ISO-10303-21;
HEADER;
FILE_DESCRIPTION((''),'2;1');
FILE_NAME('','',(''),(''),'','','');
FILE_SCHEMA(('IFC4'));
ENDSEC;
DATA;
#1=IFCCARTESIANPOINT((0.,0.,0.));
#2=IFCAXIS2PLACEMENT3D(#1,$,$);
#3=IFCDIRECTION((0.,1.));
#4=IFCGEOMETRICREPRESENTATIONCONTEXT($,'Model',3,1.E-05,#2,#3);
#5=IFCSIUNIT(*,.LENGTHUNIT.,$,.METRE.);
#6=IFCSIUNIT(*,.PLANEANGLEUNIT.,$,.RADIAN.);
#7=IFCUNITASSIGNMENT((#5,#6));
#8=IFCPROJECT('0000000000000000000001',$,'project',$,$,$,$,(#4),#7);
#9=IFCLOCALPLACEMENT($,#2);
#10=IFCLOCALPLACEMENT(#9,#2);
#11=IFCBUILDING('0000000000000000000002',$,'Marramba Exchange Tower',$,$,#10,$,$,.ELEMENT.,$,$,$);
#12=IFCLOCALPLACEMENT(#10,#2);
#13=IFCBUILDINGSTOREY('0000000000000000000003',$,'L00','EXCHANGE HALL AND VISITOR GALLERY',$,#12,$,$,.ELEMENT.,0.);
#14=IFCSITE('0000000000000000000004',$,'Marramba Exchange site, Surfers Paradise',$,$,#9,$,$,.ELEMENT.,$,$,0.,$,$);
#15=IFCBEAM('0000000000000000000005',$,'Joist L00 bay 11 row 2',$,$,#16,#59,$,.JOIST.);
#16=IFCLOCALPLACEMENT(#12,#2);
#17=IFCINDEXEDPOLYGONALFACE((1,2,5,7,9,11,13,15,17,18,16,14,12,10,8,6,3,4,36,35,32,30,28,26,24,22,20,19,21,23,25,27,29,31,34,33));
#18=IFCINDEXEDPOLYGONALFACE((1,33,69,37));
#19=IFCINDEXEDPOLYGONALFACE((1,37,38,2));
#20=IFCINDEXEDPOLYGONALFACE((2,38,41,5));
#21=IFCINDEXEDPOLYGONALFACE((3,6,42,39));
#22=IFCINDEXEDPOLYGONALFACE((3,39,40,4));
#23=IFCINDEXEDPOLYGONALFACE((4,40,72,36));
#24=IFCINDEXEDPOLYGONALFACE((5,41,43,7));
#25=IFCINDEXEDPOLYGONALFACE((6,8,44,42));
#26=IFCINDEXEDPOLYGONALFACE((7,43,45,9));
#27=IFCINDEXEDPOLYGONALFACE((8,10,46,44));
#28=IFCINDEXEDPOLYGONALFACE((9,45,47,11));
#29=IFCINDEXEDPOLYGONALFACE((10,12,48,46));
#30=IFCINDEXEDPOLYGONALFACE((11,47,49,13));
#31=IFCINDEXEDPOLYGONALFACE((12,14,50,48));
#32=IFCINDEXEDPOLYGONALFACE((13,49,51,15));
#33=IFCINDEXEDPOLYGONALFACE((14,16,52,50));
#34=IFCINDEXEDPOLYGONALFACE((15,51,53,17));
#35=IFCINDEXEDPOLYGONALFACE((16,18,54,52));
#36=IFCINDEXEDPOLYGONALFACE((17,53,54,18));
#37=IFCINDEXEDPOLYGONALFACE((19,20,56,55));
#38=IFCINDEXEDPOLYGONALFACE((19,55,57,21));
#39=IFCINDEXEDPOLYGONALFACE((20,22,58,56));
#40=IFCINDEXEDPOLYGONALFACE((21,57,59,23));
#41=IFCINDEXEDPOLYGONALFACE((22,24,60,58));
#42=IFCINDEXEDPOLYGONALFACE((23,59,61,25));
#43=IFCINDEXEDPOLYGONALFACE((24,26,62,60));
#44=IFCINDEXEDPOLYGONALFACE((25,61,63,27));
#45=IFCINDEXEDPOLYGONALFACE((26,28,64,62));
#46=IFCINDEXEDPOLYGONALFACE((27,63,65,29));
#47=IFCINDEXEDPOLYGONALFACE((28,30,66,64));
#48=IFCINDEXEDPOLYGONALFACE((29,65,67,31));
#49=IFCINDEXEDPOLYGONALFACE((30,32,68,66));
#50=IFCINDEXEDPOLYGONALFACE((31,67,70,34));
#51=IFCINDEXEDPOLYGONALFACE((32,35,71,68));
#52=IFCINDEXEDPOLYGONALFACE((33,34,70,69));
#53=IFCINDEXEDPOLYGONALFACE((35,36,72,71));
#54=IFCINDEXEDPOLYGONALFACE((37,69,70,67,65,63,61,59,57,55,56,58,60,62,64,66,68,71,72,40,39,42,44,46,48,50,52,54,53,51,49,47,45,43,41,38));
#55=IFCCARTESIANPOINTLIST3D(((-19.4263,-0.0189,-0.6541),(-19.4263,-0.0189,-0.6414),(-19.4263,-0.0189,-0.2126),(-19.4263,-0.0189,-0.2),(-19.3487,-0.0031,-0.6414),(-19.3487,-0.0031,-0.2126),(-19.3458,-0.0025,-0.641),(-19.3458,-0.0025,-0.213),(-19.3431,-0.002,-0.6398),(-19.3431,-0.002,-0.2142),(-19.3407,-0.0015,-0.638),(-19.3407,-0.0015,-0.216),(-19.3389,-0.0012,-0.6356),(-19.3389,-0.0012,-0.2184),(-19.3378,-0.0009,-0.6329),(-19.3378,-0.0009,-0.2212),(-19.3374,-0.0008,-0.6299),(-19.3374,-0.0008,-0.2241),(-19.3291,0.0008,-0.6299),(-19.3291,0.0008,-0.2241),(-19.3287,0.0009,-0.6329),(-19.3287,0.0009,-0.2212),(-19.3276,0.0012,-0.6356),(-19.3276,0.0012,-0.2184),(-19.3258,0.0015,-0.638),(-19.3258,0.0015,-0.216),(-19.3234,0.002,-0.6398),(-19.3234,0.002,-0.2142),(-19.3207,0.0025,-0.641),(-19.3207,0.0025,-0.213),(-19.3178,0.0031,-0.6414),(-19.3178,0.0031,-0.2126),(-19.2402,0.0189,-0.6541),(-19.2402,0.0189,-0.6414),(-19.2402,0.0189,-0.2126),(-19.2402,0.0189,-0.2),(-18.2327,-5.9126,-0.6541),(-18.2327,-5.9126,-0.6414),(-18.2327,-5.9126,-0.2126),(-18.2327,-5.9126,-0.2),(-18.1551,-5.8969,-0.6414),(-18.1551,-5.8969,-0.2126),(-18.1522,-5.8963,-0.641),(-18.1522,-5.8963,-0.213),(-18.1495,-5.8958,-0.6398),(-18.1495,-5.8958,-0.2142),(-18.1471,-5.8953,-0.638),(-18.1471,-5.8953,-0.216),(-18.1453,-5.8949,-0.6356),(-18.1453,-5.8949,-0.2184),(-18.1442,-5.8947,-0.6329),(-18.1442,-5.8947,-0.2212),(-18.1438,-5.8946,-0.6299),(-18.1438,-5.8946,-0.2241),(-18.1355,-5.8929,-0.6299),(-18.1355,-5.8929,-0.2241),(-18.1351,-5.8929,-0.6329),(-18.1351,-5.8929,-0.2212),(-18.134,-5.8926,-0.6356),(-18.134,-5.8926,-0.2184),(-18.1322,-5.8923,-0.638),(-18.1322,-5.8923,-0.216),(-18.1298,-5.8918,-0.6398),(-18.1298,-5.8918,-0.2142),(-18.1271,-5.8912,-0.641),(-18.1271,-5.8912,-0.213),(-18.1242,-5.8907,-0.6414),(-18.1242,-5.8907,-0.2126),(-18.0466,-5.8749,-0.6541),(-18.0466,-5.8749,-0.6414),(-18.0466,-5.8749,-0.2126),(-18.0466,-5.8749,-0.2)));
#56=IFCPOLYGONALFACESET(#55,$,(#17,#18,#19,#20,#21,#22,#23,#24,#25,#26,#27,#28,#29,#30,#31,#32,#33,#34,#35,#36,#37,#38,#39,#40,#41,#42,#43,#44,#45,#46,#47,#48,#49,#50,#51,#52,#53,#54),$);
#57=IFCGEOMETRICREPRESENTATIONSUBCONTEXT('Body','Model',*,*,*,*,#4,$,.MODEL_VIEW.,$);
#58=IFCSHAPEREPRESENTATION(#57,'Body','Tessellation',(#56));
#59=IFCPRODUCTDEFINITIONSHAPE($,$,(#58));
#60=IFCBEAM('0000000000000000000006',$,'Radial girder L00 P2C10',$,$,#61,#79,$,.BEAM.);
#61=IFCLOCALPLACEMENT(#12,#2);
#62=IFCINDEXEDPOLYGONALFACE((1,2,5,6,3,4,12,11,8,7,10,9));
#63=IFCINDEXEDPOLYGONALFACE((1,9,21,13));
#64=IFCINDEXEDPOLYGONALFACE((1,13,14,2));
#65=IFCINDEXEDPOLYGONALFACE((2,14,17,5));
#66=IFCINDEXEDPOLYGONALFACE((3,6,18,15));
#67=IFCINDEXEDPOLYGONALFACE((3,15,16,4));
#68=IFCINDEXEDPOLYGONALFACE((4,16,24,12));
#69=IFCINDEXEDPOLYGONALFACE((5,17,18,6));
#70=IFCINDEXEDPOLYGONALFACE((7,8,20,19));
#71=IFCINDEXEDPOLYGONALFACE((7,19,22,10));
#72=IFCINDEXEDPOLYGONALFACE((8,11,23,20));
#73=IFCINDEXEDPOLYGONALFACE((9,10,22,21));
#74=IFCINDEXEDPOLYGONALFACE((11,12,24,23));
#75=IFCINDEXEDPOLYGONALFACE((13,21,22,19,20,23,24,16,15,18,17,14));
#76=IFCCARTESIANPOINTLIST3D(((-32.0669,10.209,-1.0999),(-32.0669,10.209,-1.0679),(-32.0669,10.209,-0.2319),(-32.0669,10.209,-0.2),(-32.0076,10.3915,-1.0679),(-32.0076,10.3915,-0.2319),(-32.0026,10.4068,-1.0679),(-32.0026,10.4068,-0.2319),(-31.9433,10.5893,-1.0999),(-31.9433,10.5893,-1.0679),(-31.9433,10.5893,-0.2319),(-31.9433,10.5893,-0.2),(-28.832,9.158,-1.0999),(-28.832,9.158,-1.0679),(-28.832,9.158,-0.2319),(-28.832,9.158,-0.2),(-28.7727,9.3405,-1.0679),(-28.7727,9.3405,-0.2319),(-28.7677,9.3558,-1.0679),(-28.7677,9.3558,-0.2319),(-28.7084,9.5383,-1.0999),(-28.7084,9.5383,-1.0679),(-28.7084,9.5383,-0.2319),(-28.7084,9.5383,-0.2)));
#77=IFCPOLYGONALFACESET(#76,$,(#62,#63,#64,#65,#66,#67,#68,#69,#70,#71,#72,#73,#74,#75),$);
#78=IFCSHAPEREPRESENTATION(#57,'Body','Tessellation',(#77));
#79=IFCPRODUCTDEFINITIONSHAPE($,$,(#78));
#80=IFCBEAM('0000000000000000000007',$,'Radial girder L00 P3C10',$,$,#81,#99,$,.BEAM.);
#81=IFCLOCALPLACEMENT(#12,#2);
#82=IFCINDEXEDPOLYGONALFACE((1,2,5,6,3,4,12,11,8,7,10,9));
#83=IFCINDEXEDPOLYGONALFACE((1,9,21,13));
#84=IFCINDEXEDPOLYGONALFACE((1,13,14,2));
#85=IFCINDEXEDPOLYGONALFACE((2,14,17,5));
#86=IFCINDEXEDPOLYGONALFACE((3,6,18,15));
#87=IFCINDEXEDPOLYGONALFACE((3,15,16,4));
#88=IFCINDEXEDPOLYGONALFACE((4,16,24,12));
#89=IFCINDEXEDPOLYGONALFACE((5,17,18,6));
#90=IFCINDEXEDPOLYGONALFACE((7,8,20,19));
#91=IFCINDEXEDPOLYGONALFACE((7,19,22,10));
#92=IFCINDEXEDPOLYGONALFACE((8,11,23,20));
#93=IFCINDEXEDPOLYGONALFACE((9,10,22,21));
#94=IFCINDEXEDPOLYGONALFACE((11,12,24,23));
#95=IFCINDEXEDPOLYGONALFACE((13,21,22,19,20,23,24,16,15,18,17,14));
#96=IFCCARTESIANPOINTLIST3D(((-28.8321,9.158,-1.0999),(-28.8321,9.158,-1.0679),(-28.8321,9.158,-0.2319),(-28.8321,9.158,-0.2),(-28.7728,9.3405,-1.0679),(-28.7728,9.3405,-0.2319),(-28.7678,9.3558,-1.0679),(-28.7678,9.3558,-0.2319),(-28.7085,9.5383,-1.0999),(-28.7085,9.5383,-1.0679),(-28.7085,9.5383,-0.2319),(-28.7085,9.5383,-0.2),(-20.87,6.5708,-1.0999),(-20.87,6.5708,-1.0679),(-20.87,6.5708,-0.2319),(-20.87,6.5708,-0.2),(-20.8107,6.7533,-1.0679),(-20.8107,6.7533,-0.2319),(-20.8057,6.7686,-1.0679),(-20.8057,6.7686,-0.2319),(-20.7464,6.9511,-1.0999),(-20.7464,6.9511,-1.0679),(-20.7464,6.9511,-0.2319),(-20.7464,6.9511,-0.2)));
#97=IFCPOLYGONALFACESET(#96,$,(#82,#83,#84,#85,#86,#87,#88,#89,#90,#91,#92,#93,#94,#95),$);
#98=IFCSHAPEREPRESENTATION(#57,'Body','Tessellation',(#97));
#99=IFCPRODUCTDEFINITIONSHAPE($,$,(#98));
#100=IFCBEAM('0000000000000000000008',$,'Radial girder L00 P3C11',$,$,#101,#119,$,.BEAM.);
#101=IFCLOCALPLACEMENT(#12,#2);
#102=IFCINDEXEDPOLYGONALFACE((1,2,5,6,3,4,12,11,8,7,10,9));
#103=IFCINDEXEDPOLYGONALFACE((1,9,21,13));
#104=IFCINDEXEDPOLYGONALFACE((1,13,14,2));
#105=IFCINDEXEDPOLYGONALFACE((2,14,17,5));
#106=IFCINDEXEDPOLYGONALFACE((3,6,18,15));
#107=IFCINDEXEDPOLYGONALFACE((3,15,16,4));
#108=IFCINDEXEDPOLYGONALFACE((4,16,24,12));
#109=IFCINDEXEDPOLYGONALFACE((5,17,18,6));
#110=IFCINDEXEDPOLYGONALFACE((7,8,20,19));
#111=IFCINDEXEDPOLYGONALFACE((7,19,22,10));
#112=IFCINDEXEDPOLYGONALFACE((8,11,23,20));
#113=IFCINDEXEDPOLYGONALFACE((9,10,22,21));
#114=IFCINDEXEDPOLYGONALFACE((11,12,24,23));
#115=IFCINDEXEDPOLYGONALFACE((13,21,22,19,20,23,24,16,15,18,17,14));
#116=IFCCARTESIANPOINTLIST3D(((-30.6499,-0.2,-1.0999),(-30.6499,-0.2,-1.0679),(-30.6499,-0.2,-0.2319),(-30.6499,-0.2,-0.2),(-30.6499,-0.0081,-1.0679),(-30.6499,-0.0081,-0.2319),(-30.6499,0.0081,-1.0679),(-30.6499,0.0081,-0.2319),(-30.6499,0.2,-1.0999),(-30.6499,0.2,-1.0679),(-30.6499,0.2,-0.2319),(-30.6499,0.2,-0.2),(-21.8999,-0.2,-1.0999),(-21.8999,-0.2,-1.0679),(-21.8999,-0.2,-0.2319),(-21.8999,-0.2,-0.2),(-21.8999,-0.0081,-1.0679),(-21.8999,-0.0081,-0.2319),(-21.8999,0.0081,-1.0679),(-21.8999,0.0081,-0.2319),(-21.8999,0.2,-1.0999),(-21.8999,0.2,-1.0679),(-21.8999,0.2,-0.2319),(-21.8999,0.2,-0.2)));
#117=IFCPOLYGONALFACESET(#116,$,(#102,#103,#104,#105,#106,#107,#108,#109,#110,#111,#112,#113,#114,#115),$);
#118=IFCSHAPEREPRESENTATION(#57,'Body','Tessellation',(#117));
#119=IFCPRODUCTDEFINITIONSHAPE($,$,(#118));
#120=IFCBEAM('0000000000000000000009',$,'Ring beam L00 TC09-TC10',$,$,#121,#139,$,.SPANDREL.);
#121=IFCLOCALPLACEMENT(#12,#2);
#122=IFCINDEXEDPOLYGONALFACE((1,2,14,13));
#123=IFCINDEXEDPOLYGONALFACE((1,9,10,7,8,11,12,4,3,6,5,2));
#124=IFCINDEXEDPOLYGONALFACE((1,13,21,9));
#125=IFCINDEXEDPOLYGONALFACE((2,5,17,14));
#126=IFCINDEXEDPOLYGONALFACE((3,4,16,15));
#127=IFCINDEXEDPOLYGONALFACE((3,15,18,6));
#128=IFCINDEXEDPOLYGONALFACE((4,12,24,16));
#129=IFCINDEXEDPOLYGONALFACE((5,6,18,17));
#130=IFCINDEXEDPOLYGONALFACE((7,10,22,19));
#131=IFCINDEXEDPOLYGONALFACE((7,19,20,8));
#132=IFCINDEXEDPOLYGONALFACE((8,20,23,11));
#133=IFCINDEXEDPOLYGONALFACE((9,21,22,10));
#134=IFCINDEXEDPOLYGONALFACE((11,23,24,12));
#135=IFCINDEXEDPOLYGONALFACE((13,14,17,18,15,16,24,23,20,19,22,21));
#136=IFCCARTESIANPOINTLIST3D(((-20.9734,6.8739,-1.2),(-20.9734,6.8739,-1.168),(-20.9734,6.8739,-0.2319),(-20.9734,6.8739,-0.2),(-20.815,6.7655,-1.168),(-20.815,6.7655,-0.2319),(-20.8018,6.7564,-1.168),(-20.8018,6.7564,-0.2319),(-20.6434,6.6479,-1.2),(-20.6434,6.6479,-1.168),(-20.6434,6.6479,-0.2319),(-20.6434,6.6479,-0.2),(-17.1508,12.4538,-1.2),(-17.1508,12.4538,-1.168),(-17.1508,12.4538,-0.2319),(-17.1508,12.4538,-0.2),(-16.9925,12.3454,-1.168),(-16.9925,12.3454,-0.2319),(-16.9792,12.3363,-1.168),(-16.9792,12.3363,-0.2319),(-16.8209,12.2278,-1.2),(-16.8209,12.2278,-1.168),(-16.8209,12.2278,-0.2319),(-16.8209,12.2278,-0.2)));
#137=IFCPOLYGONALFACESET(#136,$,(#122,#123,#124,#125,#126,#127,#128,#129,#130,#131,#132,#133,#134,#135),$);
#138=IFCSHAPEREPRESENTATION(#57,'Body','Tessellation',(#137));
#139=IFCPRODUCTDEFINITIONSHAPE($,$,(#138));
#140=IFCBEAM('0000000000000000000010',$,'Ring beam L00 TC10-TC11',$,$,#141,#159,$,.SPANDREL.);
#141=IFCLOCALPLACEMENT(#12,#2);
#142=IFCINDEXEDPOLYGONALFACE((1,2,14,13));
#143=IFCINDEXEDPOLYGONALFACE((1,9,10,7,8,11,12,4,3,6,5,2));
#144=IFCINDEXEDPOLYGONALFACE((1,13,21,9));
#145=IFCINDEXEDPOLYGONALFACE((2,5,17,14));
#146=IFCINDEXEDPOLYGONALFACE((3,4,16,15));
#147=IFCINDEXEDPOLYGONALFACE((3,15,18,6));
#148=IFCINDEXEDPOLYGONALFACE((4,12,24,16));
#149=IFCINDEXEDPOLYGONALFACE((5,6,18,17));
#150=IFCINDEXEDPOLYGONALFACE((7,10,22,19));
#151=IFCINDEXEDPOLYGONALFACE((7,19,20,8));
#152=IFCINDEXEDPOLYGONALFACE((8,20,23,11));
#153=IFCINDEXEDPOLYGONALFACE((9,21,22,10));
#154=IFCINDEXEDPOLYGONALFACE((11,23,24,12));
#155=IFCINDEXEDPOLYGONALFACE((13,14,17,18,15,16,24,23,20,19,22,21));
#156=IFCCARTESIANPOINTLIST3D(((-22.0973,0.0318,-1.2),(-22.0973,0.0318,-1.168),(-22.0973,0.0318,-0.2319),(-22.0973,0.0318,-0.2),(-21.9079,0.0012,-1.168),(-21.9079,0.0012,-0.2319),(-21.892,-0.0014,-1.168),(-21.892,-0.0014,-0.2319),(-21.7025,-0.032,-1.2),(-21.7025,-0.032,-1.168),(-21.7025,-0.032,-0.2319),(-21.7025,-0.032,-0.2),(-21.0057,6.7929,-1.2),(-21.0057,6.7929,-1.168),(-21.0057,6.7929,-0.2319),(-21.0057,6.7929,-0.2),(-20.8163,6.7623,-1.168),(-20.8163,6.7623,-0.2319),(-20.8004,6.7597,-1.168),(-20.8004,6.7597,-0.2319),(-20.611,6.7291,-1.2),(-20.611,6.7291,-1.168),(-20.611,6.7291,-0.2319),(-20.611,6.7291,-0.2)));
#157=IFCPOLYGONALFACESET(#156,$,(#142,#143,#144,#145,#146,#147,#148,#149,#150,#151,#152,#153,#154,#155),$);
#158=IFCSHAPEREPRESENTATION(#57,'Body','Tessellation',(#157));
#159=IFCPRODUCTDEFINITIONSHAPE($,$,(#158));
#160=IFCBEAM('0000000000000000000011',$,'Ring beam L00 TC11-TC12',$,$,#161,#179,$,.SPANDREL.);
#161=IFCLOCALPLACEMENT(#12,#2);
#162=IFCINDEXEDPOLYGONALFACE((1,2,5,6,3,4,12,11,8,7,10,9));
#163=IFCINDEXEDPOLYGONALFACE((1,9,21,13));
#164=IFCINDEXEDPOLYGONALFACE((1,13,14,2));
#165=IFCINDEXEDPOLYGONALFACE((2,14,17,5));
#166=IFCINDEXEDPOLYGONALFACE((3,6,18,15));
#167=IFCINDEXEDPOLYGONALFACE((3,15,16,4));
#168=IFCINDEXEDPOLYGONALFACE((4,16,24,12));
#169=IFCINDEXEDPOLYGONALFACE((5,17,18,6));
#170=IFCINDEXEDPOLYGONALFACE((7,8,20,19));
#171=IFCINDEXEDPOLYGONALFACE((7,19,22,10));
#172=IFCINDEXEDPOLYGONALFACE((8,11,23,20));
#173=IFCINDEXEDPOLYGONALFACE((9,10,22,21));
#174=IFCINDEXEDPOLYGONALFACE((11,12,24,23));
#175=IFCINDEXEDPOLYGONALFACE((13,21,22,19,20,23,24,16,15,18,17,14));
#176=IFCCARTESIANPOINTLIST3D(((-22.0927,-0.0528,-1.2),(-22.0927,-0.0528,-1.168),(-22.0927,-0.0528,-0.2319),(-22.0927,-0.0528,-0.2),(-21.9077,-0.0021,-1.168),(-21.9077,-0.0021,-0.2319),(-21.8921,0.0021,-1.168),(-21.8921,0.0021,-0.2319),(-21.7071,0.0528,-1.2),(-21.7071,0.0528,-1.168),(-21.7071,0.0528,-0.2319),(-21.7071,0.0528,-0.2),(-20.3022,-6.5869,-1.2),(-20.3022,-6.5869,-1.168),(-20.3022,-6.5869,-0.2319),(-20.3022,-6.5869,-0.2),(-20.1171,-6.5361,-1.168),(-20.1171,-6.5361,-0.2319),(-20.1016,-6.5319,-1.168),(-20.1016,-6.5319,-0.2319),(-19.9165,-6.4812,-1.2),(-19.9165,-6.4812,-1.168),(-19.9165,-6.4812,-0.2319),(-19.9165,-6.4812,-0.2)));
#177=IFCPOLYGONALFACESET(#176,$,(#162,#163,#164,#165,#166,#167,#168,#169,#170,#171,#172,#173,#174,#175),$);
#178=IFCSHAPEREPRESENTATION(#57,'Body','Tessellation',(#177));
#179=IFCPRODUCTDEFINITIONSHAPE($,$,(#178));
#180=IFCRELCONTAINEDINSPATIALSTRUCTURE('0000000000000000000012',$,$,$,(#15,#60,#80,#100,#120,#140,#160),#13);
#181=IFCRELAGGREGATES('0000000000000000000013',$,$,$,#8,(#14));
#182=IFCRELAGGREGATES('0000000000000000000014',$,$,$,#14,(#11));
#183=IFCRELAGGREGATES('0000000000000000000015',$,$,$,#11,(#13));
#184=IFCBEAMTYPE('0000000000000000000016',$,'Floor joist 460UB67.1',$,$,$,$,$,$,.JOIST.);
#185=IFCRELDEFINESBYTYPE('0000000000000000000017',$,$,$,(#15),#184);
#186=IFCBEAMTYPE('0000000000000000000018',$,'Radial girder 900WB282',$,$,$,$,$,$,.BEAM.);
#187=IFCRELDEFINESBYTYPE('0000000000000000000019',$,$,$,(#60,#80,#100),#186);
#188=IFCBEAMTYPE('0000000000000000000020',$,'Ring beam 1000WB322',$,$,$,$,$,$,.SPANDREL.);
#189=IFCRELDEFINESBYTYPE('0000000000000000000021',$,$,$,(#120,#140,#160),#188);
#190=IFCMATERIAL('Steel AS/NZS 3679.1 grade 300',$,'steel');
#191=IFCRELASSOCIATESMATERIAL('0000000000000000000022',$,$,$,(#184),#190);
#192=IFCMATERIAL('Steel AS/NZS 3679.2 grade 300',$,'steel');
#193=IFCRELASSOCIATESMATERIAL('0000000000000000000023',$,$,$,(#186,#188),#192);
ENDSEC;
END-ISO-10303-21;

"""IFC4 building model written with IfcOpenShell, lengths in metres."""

from ifc_helpers import new_model, si_unit, direction, frame, origin, origin_2d, place, context, subcontext, project, spatial, i_section, extrude, material, material_profile, profile_set, type_object, element, save


model = new_model("IFC4")

# Units and contexts
model_context = context("Model", 3, precision=1e-05, world=origin(), true_north=direction((0.0, 1.0)))
body_context = subcontext(model_context, "Body", "Model", "MODEL_VIEW")
ifc_project = project(units=[si_unit("LENGTHUNIT", "METRE"), si_unit("PLANEANGLEUNIT", "RADIAN")], contexts=[model_context])

# Site, building, storey
site_placement = place(None, origin())
site = spatial("IfcSite", under=ifc_project, at=site_placement, Name="Marramba Exchange site, Surfers Paradise", CompositionType="ELEMENT", RefElevation=0.0)
building_placement = place(site_placement, origin())
building = spatial("IfcBuilding", under=site, at=building_placement, Name="Marramba Exchange Tower", CompositionType="ELEMENT")
storey_placement = place(building_placement, origin())
storey = spatial("IfcBuildingStorey", under=building, at=storey_placement, Name="L00", Description="EXCHANGE HALL AND VISITOR GALLERY", CompositionType="ELEMENT", Elevation=0.0)

# Beams
ifc_material_1 = material(Name="Steel AS/NZS 3679.1 grade 300", Category="steel")
ifc_material_profile_1 = material_profile(ifc_material_1, i_section(OverallWidth=0.1899, OverallDepth=0.4541, WebThickness=0.0085, FlangeThickness=0.0127, FilletRadius=0.0115, at=origin_2d()), Name="460UB67.1")
ifc_profile_set_1 = profile_set([ifc_material_profile_1], Name="Steel AS/NZS 3679.1 grade 300")
beam_type_1 = type_object("IfcBeamType", Name="Floor joist 460UB67.1", PredefinedType="JOIST", material=ifc_profile_set_1)
beam_1_placement = place(storey_placement, frame((-19.3333, 0.0, -0.427), z_axis=(0.198489, -0.980103, 0.0), x_axis=(0.980103, 0.198489, 0.0)))
element("IfcBeam", 1, at=beam_1_placement, inside=storey, type_object=beam_type_1, Name="Joist L00 bay 11 row 2", PredefinedType="JOIST", context=body_context, shape_type="SweptSolid", body=[
    extrude(i_section(OverallWidth=0.1899, OverallDepth=0.4541, WebThickness=0.0085, FlangeThickness=0.0127, FilletRadius=0.0115, at=origin_2d()), origin(), (0.0, 0.0, 1.0), 6.0134),
])
ifc_material_2 = material(Name="Steel AS/NZS 3679.2 grade 300", Category="steel")
ifc_material_profile_2 = material_profile(ifc_material_2, i_section(OverallWidth=0.3999, OverallDepth=0.8999, WebThickness=0.0161, FlangeThickness=0.032, at=origin_2d()), Name="900WB282")
ifc_profile_set_2 = profile_set([ifc_material_profile_2], Name="Steel AS/NZS 3679.2 grade 300")
beam_type_2 = type_object("IfcBeamType", Name="Radial girder 900WB282", PredefinedType="BEAM", material=ifc_profile_set_2)
beam_2_placement = place(storey_placement, frame((-32.0051, 10.3992, -0.6499), z_axis=(0.95106, -0.309005, 0.0), x_axis=(0.309005, 0.95106, 0.0)))
element("IfcBeam", 2, at=beam_2_placement, inside=storey, type_object=beam_type_2, Name="Radial girder L00 P2C10", PredefinedType="BEAM", context=body_context, shape_type="SweptSolid", body=[
    extrude(i_section(OverallWidth=0.3999, OverallDepth=0.8999, WebThickness=0.0161, FlangeThickness=0.032, at=origin_2d()), origin(), (0.0, 0.0, 1.0), 3.4014),
])
beam_3_placement = place(storey_placement, frame((-28.7703, 9.3481, -0.6499), z_axis=(0.95105, -0.309036, 0.0), x_axis=(0.309036, 0.95105, 0.0)))
element("IfcBeam", 3, at=beam_3_placement, inside=storey, type_object=beam_type_2, Name="Radial girder L00 P3C10", PredefinedType="BEAM", context=body_context, shape_type="SweptSolid", body=[
    extrude(i_section(OverallWidth=0.3999, OverallDepth=0.8999, WebThickness=0.0161, FlangeThickness=0.032, at=origin_2d()), origin(), (0.0, 0.0, 1.0), 8.3718),
])
beam_4_placement = place(storey_placement, frame((-30.6499, 0.0, -0.6499), z_axis=(1.0, 0.0, 0.0), x_axis=(0.0, 1.0, 0.0)))
element("IfcBeam", 4, at=beam_4_placement, inside=storey, type_object=beam_type_2, Name="Radial girder L00 P3C11", PredefinedType="BEAM", context=body_context, shape_type="SweptSolid", body=[
    extrude(i_section(OverallWidth=0.3999, OverallDepth=0.8999, WebThickness=0.0161, FlangeThickness=0.032, at=origin_2d()), origin(), (0.0, 0.0, 1.0), 8.75),
])
ifc_material_profile_3 = material_profile(ifc_material_2, i_section(OverallWidth=0.3999, OverallDepth=1.0, WebThickness=0.0161, FlangeThickness=0.032, at=origin_2d()), Name="1000WB322")
ifc_profile_set_3 = profile_set([ifc_material_profile_3], Name="Steel AS/NZS 3679.2 grade 300")
beam_type_3 = type_object("IfcBeamType", Name="Ring beam 1000WB322", PredefinedType="SPANDREL", material=ifc_profile_set_3)
beam_5_placement = place(storey_placement, frame((-16.9858, 12.3408, -0.7), z_axis=(-0.56516, -0.824981, 0.0), x_axis=(0.824981, -0.56516, 0.0)))
element("IfcBeam", 5, at=beam_5_placement, inside=storey, type_object=beam_type_3, Name="Ring beam L00 TC09-TC10", PredefinedType="SPANDREL", context=body_context, shape_type="SweptSolid", body=[
    extrude(i_section(OverallWidth=0.3999, OverallDepth=1.0, WebThickness=0.0161, FlangeThickness=0.032, at=origin_2d()), origin(), (0.0, 0.0, 1.0), 6.7637),
])
beam_6_placement = place(storey_placement, frame((-20.8083, 6.761, -0.7), z_axis=(-0.159385, -0.987217, 0.0), x_axis=(0.987217, -0.159385, 0.0)))
element("IfcBeam", 6, at=beam_6_placement, inside=storey, type_object=beam_type_3, Name="Ring beam L00 TC10-TC11", PredefinedType="SPANDREL", context=body_context, shape_type="SweptSolid", body=[
    extrude(i_section(OverallWidth=0.3999, OverallDepth=1.0, WebThickness=0.0161, FlangeThickness=0.032, at=origin_2d()), origin(), (0.0, 0.0, 1.0), 6.8486),
])
beam_7_placement = place(storey_placement, frame((-21.8999, 0.0, -0.7), z_axis=(0.264291, -0.964443, 0.0), x_axis=(0.964443, 0.264291, 0.0)))
element("IfcBeam", 7, at=beam_7_placement, inside=storey, type_object=beam_type_3, Name="Ring beam L00 TC11-TC12", PredefinedType="SPANDREL", context=body_context, shape_type="SweptSolid", body=[
    extrude(i_section(OverallWidth=0.3999, OverallDepth=1.0, WebThickness=0.0161, FlangeThickness=0.032, at=origin_2d()), origin(), (0.0, 0.0, 1.0), 6.7749),
])

save(model, "model.ifc")
